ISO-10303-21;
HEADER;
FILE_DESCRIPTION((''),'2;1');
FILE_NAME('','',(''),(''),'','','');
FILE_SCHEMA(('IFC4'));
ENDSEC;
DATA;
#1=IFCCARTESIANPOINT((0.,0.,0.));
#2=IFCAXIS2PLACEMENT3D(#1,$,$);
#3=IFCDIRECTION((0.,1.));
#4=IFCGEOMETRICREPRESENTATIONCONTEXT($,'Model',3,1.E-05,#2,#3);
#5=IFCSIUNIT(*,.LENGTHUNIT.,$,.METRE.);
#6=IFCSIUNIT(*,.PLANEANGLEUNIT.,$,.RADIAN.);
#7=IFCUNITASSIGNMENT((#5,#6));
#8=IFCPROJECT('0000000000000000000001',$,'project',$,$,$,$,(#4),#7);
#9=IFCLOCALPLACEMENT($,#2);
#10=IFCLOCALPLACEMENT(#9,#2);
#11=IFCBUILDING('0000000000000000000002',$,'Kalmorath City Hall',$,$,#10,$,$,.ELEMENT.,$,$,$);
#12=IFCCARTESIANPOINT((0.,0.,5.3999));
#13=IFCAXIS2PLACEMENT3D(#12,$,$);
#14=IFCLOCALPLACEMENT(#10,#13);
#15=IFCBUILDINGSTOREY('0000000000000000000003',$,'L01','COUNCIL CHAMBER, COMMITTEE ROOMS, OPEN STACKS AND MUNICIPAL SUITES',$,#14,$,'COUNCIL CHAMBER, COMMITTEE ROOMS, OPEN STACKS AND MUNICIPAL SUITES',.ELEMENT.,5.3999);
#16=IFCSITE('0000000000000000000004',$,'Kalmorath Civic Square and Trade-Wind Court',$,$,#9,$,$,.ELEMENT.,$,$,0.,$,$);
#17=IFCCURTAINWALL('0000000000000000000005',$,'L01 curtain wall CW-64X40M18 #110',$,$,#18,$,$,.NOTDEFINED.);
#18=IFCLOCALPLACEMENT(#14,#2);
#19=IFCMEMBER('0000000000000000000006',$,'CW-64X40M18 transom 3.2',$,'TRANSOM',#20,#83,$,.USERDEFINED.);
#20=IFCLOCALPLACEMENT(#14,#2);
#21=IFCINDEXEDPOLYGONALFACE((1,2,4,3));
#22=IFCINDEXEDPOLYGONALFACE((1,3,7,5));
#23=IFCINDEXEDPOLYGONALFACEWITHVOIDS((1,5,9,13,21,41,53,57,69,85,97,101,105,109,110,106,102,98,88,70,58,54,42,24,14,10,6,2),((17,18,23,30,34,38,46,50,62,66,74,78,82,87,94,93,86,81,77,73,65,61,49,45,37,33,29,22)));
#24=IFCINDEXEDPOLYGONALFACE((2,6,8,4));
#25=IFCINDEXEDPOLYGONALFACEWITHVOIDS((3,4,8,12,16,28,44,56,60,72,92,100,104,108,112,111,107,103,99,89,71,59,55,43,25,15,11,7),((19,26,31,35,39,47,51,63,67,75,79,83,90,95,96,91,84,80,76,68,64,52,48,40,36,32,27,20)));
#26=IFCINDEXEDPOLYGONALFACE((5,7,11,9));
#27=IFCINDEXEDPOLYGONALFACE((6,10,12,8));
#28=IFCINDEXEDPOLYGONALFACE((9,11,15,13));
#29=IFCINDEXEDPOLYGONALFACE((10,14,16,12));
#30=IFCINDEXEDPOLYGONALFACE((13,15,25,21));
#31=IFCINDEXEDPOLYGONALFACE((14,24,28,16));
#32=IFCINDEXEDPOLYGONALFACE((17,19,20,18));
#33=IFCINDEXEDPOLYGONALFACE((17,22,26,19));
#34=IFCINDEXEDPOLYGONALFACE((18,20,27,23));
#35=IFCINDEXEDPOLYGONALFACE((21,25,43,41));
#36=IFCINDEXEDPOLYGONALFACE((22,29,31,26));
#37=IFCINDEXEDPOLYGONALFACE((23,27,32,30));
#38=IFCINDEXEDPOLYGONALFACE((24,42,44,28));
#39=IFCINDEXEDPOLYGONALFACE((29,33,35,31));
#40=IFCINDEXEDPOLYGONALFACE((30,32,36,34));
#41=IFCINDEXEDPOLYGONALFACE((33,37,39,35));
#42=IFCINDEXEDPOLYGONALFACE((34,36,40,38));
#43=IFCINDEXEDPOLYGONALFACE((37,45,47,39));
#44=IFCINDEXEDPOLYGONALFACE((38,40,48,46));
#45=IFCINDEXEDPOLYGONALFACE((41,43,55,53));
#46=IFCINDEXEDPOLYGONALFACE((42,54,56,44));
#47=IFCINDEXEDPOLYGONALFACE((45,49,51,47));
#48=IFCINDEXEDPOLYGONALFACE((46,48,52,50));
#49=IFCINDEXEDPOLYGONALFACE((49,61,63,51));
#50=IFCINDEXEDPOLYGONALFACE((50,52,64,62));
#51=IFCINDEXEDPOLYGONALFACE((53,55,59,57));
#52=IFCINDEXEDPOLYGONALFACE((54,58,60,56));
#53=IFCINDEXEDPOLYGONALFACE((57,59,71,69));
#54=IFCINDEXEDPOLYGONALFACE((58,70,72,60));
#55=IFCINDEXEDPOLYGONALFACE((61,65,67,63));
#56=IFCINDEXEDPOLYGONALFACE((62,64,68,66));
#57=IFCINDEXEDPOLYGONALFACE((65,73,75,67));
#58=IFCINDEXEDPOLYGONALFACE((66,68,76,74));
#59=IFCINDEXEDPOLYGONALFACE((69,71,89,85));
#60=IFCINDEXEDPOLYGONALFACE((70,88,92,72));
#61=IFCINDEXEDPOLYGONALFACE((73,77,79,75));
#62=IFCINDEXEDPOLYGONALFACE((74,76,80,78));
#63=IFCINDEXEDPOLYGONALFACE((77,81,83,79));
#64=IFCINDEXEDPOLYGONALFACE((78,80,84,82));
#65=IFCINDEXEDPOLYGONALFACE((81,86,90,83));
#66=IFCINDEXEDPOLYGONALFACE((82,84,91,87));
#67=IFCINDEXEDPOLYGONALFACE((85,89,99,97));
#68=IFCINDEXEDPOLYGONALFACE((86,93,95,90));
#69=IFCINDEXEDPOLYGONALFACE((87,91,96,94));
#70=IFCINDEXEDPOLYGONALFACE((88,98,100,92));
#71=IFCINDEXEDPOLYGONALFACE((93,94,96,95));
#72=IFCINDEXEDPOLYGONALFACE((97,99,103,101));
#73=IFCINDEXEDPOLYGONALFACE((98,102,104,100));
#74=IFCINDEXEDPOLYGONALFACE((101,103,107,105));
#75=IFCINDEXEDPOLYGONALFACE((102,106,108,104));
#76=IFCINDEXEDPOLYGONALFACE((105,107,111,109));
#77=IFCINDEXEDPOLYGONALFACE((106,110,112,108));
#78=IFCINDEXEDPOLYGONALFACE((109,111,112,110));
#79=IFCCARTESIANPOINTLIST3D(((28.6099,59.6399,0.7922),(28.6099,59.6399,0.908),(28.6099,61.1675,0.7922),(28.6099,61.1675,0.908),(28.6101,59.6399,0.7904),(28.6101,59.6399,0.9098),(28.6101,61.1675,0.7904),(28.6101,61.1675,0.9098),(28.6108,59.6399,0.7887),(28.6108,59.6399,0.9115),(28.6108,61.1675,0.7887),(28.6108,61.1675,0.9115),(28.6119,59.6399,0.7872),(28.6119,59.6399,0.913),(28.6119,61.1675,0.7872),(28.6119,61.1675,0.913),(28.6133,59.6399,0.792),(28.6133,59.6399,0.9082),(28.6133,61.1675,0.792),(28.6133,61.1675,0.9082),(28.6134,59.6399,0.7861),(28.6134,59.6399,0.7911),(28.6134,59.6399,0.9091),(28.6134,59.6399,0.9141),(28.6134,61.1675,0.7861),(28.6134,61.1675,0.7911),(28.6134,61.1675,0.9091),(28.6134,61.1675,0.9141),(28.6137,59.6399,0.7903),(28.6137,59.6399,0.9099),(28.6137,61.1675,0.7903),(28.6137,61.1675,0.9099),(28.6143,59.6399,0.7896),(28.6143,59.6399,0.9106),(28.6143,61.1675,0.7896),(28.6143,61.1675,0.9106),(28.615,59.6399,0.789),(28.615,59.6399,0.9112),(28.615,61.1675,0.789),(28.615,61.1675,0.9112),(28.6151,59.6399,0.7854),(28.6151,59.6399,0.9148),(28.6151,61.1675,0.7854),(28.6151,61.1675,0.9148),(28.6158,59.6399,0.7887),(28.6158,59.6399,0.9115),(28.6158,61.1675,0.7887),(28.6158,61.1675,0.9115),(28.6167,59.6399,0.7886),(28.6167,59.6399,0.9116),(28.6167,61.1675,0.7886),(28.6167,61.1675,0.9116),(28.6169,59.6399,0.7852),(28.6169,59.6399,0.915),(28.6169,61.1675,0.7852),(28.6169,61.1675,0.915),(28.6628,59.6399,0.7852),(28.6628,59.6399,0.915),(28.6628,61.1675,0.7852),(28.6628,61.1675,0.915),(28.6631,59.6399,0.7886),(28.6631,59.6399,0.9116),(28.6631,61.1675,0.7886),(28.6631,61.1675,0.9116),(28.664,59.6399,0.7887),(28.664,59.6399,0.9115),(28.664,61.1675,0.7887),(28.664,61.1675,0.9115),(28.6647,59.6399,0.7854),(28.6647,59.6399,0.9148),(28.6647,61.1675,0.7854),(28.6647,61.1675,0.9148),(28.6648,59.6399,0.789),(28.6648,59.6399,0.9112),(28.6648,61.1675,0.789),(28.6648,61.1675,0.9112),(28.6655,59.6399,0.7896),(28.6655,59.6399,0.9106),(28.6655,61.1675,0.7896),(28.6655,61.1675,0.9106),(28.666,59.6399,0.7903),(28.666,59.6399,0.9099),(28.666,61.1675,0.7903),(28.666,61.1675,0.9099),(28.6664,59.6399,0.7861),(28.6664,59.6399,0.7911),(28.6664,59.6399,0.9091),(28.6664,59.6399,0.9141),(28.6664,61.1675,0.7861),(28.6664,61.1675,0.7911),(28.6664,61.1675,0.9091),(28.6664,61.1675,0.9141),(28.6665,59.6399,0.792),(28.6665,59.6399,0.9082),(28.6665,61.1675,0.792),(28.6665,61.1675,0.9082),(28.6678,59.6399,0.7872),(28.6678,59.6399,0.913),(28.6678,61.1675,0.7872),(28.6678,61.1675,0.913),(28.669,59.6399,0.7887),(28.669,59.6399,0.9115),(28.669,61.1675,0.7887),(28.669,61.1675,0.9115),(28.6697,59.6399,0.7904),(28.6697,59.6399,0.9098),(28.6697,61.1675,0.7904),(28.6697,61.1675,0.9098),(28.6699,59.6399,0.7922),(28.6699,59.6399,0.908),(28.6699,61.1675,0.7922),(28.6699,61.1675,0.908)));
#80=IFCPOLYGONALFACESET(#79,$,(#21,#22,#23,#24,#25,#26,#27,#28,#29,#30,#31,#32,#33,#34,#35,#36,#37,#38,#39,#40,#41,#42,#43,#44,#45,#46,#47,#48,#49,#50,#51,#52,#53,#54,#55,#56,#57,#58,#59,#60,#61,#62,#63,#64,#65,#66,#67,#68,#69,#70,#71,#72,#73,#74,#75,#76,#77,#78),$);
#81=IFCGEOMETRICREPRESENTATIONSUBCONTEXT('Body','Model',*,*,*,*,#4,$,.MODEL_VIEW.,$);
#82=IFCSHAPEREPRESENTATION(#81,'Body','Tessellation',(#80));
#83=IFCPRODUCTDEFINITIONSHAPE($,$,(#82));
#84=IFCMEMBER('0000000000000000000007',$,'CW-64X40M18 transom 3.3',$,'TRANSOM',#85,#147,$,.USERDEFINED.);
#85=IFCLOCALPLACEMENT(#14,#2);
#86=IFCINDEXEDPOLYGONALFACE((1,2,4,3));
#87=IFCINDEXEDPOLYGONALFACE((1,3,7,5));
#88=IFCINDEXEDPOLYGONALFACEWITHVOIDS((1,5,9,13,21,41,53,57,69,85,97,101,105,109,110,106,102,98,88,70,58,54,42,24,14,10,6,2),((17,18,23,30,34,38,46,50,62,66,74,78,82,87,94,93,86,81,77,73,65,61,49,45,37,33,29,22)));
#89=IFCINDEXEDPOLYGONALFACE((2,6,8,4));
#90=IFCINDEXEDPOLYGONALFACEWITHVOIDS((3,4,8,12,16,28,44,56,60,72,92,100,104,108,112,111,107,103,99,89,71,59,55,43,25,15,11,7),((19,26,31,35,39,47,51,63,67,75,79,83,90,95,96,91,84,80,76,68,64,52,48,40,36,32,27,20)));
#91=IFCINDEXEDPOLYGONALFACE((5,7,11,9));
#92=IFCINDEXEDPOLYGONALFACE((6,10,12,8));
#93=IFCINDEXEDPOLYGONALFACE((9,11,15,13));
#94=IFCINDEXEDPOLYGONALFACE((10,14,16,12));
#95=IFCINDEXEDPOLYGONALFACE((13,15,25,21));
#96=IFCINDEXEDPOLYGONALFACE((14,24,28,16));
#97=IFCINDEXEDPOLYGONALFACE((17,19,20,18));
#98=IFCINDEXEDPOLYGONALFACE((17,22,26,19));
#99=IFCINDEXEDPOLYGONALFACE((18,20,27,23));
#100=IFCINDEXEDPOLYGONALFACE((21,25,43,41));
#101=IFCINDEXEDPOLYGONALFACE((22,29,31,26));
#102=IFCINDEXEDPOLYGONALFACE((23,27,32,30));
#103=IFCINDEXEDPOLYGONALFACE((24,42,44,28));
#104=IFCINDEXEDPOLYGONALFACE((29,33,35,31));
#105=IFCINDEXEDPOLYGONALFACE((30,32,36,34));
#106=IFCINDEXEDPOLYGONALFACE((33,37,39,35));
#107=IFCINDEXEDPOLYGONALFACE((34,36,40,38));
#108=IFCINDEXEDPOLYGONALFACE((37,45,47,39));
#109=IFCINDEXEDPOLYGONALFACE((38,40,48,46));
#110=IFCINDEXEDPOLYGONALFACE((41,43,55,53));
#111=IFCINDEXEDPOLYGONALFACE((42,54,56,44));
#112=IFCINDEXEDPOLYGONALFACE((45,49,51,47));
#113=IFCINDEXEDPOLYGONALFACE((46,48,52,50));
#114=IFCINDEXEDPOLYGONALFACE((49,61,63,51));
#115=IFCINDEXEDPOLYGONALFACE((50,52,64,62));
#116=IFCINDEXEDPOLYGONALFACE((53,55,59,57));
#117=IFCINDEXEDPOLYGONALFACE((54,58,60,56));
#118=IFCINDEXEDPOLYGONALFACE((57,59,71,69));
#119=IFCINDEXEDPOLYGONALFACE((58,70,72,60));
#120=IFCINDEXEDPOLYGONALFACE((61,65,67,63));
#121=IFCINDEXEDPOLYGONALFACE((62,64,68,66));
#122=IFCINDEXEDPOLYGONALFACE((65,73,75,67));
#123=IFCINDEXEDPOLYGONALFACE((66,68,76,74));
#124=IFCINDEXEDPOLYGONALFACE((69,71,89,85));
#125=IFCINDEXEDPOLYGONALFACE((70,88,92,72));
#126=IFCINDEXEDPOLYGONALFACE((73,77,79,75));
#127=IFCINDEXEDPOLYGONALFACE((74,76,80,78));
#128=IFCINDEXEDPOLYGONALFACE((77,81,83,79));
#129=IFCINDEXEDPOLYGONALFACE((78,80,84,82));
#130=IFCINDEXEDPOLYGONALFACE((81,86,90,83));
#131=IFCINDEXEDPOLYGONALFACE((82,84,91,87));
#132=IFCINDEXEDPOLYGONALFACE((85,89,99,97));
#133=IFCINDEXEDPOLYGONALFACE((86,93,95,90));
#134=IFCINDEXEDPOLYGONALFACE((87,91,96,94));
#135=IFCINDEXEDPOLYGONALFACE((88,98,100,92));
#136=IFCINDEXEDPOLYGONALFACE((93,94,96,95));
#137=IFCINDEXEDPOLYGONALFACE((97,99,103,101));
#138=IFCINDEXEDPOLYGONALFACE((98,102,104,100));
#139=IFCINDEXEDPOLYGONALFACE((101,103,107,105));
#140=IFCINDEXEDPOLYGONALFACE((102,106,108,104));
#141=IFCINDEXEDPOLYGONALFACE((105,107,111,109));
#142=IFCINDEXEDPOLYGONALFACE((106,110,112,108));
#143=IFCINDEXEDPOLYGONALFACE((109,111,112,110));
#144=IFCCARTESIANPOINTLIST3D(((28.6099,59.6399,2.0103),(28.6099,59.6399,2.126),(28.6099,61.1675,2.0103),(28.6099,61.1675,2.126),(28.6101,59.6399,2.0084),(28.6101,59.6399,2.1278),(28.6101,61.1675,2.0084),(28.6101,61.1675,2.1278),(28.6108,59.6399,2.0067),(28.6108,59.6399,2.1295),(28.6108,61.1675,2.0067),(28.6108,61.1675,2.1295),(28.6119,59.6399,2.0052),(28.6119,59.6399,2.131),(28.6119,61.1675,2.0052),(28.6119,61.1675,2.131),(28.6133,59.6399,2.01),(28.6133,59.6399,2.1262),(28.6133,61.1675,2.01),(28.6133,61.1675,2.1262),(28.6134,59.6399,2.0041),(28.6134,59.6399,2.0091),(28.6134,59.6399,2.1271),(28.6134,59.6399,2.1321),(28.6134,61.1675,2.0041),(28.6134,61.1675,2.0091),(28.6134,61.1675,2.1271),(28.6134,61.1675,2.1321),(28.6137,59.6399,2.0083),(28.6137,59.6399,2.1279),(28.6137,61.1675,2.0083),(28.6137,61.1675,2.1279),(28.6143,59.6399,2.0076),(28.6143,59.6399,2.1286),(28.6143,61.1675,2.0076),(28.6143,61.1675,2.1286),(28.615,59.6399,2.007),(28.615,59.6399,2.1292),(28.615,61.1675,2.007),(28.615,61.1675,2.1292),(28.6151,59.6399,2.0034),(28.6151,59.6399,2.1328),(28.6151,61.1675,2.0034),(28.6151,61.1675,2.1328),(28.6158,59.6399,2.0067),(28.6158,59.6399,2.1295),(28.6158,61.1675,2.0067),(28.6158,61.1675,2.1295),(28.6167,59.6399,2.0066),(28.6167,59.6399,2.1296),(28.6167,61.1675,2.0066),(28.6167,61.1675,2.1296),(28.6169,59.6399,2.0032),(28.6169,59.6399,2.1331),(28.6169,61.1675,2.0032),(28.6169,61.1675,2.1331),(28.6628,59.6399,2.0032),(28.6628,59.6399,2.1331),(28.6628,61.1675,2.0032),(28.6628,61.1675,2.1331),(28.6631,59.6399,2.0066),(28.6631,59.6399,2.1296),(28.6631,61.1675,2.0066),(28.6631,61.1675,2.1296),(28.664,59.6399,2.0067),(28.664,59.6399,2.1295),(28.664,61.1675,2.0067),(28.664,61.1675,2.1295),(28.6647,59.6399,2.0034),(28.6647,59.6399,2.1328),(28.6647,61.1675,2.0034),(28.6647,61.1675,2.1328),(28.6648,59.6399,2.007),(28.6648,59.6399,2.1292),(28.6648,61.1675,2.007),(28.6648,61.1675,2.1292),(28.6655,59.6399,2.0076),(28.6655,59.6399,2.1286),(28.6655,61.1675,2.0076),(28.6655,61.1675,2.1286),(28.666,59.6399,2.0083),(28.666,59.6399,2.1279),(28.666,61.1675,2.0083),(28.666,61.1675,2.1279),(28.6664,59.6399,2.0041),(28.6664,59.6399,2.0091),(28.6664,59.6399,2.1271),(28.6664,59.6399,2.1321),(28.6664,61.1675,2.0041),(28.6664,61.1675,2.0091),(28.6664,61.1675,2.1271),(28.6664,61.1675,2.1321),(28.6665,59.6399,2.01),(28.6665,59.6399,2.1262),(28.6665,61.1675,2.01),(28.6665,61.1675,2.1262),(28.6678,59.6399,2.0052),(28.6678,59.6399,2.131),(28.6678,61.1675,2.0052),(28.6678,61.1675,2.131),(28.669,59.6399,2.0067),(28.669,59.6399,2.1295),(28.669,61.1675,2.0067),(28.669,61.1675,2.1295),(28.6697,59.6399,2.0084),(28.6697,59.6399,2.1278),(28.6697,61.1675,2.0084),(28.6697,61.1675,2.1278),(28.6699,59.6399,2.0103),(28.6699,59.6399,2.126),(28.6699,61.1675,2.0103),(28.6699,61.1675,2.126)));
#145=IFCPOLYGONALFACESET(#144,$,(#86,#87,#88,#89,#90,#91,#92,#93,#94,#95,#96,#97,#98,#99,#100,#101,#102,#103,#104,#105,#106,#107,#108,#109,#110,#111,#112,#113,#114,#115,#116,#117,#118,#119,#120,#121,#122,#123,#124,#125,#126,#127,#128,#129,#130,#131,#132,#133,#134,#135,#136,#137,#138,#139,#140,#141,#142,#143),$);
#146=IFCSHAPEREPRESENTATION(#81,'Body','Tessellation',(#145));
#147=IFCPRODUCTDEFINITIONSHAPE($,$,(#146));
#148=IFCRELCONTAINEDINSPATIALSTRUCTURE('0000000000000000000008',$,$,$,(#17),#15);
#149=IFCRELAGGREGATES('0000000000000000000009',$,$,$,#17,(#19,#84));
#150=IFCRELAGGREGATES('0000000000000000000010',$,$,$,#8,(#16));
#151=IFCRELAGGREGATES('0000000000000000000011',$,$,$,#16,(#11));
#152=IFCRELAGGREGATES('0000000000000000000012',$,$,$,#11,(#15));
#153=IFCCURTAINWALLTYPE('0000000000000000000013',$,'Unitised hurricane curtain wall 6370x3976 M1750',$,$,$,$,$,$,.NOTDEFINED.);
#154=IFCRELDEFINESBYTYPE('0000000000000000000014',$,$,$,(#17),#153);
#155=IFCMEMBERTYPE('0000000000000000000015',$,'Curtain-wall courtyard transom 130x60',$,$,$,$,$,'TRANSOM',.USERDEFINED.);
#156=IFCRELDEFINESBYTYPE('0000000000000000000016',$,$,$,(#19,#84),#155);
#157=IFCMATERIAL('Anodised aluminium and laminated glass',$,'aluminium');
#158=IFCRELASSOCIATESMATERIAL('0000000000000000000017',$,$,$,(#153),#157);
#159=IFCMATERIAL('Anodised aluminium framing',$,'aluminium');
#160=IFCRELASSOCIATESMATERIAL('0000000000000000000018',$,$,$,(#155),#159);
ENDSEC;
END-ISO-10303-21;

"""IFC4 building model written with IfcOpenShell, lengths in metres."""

from ifc_helpers import new_model, si_unit, direction, frame, origin, origin_2d, place, context, subcontext, project, spatial, hollow_rectangle, extrude, material, material_profile, profile_set, type_object, element, aggregate, save


model = new_model("IFC4")

# Units and contexts
model_context = context("Model", 3, precision=1e-05, world=origin(), true_north=direction((0.0, 1.0)))
body_context = subcontext(model_context, "Body", "Model", "MODEL_VIEW")
ifc_project = project(units=[si_unit("LENGTHUNIT", "METRE"), si_unit("PLANEANGLEUNIT", "RADIAN")], contexts=[model_context])

# Site, building, storey
site_placement = place(None, origin())
site = spatial("IfcSite", under=ifc_project, at=site_placement, Name="Kalmorath Civic Square and Trade-Wind Court", CompositionType="ELEMENT", RefElevation=0.0)
building_placement = place(site_placement, origin())
building = spatial("IfcBuilding", under=site, at=building_placement, Name="Kalmorath City Hall", CompositionType="ELEMENT")
storey_placement = place(building_placement, frame((0.0, 0.0, 5.3999)))
storey = spatial("IfcBuildingStorey", under=building, at=storey_placement, Name="L01", Description="COUNCIL CHAMBER, COMMITTEE ROOMS, OPEN STACKS AND MUNICIPAL SUITES", LongName="COUNCIL CHAMBER, COMMITTEE ROOMS, OPEN STACKS AND MUNICIPAL SUITES", CompositionType="ELEMENT", Elevation=5.3999)

# Curtain wall, members
ifc_material_1 = material(Name="Anodised aluminium and laminated glass", Category="aluminium")
curtain_wall_type = type_object("IfcCurtainWallType", Name="Unitised hurricane curtain wall 6370x3976 M1750", PredefinedType="NOTDEFINED", material=ifc_material_1)
curtain_wall_placement = place(storey_placement, origin())
curtain_wall = element("IfcCurtainWall", 1, at=curtain_wall_placement, inside=storey, type_object=curtain_wall_type, Name="L01 curtain wall CW-64X40M18 #110", PredefinedType="NOTDEFINED")
ifc_material_2 = material(Name="Anodised aluminium framing", Category="aluminium")
ifc_material_profile_1 = material_profile(ifc_material_2, hollow_rectangle(XDim=0.0601, YDim=0.1299, WallThickness=0.0034, InnerFilletRadius=0.0034, OuterFilletRadius=0.0071, at=origin_2d()), Name="ALU-TRN-130X60X3.5")
ifc_profile_set_1 = profile_set([ifc_material_profile_1], Name="Anodised aluminium framing")
member_type_1 = type_object("IfcMemberType", Name="Curtain-wall courtyard transom 130x60", ElementType="TRANSOM", PredefinedType="USERDEFINED", material=ifc_profile_set_1)
member_1_placement = place(storey_placement, frame((28.6399, 61.1675, 0.8501), z_axis=(0.0, -1.0, 0.0), x_axis=(1.0, 0.0, 0.0)))
member_1 = element("IfcMember", 2, at=member_1_placement, type_object=member_type_1, Name="CW-64X40M18 transom 3.2", ObjectType="TRANSOM", PredefinedType="USERDEFINED", context=body_context, shape_type="SweptSolid", body=[
    extrude(hollow_rectangle(XDim=0.0601, YDim=0.1299, WallThickness=0.0034, InnerFilletRadius=0.0034, OuterFilletRadius=0.0071, at=origin_2d()), origin(), (0.0, 0.0, 1.0), 1.5276),
])
member_2_placement = place(storey_placement, frame((28.6399, 61.1675, 2.0681), z_axis=(0.0, -1.0, 0.0), x_axis=(1.0, 0.0, 0.0)))
member_2 = element("IfcMember", 3, at=member_2_placement, type_object=member_type_1, Name="CW-64X40M18 transom 3.3", ObjectType="TRANSOM", PredefinedType="USERDEFINED", context=body_context, shape_type="SweptSolid", body=[
    extrude(hollow_rectangle(XDim=0.0601, YDim=0.1299, WallThickness=0.0034, InnerFilletRadius=0.0034, OuterFilletRadius=0.0071, at=origin_2d()), origin(), (0.0, 0.0, 1.0), 1.5276),
])

aggregate(curtain_wall, [member_1, member_2])

save(model, "model.ifc")
